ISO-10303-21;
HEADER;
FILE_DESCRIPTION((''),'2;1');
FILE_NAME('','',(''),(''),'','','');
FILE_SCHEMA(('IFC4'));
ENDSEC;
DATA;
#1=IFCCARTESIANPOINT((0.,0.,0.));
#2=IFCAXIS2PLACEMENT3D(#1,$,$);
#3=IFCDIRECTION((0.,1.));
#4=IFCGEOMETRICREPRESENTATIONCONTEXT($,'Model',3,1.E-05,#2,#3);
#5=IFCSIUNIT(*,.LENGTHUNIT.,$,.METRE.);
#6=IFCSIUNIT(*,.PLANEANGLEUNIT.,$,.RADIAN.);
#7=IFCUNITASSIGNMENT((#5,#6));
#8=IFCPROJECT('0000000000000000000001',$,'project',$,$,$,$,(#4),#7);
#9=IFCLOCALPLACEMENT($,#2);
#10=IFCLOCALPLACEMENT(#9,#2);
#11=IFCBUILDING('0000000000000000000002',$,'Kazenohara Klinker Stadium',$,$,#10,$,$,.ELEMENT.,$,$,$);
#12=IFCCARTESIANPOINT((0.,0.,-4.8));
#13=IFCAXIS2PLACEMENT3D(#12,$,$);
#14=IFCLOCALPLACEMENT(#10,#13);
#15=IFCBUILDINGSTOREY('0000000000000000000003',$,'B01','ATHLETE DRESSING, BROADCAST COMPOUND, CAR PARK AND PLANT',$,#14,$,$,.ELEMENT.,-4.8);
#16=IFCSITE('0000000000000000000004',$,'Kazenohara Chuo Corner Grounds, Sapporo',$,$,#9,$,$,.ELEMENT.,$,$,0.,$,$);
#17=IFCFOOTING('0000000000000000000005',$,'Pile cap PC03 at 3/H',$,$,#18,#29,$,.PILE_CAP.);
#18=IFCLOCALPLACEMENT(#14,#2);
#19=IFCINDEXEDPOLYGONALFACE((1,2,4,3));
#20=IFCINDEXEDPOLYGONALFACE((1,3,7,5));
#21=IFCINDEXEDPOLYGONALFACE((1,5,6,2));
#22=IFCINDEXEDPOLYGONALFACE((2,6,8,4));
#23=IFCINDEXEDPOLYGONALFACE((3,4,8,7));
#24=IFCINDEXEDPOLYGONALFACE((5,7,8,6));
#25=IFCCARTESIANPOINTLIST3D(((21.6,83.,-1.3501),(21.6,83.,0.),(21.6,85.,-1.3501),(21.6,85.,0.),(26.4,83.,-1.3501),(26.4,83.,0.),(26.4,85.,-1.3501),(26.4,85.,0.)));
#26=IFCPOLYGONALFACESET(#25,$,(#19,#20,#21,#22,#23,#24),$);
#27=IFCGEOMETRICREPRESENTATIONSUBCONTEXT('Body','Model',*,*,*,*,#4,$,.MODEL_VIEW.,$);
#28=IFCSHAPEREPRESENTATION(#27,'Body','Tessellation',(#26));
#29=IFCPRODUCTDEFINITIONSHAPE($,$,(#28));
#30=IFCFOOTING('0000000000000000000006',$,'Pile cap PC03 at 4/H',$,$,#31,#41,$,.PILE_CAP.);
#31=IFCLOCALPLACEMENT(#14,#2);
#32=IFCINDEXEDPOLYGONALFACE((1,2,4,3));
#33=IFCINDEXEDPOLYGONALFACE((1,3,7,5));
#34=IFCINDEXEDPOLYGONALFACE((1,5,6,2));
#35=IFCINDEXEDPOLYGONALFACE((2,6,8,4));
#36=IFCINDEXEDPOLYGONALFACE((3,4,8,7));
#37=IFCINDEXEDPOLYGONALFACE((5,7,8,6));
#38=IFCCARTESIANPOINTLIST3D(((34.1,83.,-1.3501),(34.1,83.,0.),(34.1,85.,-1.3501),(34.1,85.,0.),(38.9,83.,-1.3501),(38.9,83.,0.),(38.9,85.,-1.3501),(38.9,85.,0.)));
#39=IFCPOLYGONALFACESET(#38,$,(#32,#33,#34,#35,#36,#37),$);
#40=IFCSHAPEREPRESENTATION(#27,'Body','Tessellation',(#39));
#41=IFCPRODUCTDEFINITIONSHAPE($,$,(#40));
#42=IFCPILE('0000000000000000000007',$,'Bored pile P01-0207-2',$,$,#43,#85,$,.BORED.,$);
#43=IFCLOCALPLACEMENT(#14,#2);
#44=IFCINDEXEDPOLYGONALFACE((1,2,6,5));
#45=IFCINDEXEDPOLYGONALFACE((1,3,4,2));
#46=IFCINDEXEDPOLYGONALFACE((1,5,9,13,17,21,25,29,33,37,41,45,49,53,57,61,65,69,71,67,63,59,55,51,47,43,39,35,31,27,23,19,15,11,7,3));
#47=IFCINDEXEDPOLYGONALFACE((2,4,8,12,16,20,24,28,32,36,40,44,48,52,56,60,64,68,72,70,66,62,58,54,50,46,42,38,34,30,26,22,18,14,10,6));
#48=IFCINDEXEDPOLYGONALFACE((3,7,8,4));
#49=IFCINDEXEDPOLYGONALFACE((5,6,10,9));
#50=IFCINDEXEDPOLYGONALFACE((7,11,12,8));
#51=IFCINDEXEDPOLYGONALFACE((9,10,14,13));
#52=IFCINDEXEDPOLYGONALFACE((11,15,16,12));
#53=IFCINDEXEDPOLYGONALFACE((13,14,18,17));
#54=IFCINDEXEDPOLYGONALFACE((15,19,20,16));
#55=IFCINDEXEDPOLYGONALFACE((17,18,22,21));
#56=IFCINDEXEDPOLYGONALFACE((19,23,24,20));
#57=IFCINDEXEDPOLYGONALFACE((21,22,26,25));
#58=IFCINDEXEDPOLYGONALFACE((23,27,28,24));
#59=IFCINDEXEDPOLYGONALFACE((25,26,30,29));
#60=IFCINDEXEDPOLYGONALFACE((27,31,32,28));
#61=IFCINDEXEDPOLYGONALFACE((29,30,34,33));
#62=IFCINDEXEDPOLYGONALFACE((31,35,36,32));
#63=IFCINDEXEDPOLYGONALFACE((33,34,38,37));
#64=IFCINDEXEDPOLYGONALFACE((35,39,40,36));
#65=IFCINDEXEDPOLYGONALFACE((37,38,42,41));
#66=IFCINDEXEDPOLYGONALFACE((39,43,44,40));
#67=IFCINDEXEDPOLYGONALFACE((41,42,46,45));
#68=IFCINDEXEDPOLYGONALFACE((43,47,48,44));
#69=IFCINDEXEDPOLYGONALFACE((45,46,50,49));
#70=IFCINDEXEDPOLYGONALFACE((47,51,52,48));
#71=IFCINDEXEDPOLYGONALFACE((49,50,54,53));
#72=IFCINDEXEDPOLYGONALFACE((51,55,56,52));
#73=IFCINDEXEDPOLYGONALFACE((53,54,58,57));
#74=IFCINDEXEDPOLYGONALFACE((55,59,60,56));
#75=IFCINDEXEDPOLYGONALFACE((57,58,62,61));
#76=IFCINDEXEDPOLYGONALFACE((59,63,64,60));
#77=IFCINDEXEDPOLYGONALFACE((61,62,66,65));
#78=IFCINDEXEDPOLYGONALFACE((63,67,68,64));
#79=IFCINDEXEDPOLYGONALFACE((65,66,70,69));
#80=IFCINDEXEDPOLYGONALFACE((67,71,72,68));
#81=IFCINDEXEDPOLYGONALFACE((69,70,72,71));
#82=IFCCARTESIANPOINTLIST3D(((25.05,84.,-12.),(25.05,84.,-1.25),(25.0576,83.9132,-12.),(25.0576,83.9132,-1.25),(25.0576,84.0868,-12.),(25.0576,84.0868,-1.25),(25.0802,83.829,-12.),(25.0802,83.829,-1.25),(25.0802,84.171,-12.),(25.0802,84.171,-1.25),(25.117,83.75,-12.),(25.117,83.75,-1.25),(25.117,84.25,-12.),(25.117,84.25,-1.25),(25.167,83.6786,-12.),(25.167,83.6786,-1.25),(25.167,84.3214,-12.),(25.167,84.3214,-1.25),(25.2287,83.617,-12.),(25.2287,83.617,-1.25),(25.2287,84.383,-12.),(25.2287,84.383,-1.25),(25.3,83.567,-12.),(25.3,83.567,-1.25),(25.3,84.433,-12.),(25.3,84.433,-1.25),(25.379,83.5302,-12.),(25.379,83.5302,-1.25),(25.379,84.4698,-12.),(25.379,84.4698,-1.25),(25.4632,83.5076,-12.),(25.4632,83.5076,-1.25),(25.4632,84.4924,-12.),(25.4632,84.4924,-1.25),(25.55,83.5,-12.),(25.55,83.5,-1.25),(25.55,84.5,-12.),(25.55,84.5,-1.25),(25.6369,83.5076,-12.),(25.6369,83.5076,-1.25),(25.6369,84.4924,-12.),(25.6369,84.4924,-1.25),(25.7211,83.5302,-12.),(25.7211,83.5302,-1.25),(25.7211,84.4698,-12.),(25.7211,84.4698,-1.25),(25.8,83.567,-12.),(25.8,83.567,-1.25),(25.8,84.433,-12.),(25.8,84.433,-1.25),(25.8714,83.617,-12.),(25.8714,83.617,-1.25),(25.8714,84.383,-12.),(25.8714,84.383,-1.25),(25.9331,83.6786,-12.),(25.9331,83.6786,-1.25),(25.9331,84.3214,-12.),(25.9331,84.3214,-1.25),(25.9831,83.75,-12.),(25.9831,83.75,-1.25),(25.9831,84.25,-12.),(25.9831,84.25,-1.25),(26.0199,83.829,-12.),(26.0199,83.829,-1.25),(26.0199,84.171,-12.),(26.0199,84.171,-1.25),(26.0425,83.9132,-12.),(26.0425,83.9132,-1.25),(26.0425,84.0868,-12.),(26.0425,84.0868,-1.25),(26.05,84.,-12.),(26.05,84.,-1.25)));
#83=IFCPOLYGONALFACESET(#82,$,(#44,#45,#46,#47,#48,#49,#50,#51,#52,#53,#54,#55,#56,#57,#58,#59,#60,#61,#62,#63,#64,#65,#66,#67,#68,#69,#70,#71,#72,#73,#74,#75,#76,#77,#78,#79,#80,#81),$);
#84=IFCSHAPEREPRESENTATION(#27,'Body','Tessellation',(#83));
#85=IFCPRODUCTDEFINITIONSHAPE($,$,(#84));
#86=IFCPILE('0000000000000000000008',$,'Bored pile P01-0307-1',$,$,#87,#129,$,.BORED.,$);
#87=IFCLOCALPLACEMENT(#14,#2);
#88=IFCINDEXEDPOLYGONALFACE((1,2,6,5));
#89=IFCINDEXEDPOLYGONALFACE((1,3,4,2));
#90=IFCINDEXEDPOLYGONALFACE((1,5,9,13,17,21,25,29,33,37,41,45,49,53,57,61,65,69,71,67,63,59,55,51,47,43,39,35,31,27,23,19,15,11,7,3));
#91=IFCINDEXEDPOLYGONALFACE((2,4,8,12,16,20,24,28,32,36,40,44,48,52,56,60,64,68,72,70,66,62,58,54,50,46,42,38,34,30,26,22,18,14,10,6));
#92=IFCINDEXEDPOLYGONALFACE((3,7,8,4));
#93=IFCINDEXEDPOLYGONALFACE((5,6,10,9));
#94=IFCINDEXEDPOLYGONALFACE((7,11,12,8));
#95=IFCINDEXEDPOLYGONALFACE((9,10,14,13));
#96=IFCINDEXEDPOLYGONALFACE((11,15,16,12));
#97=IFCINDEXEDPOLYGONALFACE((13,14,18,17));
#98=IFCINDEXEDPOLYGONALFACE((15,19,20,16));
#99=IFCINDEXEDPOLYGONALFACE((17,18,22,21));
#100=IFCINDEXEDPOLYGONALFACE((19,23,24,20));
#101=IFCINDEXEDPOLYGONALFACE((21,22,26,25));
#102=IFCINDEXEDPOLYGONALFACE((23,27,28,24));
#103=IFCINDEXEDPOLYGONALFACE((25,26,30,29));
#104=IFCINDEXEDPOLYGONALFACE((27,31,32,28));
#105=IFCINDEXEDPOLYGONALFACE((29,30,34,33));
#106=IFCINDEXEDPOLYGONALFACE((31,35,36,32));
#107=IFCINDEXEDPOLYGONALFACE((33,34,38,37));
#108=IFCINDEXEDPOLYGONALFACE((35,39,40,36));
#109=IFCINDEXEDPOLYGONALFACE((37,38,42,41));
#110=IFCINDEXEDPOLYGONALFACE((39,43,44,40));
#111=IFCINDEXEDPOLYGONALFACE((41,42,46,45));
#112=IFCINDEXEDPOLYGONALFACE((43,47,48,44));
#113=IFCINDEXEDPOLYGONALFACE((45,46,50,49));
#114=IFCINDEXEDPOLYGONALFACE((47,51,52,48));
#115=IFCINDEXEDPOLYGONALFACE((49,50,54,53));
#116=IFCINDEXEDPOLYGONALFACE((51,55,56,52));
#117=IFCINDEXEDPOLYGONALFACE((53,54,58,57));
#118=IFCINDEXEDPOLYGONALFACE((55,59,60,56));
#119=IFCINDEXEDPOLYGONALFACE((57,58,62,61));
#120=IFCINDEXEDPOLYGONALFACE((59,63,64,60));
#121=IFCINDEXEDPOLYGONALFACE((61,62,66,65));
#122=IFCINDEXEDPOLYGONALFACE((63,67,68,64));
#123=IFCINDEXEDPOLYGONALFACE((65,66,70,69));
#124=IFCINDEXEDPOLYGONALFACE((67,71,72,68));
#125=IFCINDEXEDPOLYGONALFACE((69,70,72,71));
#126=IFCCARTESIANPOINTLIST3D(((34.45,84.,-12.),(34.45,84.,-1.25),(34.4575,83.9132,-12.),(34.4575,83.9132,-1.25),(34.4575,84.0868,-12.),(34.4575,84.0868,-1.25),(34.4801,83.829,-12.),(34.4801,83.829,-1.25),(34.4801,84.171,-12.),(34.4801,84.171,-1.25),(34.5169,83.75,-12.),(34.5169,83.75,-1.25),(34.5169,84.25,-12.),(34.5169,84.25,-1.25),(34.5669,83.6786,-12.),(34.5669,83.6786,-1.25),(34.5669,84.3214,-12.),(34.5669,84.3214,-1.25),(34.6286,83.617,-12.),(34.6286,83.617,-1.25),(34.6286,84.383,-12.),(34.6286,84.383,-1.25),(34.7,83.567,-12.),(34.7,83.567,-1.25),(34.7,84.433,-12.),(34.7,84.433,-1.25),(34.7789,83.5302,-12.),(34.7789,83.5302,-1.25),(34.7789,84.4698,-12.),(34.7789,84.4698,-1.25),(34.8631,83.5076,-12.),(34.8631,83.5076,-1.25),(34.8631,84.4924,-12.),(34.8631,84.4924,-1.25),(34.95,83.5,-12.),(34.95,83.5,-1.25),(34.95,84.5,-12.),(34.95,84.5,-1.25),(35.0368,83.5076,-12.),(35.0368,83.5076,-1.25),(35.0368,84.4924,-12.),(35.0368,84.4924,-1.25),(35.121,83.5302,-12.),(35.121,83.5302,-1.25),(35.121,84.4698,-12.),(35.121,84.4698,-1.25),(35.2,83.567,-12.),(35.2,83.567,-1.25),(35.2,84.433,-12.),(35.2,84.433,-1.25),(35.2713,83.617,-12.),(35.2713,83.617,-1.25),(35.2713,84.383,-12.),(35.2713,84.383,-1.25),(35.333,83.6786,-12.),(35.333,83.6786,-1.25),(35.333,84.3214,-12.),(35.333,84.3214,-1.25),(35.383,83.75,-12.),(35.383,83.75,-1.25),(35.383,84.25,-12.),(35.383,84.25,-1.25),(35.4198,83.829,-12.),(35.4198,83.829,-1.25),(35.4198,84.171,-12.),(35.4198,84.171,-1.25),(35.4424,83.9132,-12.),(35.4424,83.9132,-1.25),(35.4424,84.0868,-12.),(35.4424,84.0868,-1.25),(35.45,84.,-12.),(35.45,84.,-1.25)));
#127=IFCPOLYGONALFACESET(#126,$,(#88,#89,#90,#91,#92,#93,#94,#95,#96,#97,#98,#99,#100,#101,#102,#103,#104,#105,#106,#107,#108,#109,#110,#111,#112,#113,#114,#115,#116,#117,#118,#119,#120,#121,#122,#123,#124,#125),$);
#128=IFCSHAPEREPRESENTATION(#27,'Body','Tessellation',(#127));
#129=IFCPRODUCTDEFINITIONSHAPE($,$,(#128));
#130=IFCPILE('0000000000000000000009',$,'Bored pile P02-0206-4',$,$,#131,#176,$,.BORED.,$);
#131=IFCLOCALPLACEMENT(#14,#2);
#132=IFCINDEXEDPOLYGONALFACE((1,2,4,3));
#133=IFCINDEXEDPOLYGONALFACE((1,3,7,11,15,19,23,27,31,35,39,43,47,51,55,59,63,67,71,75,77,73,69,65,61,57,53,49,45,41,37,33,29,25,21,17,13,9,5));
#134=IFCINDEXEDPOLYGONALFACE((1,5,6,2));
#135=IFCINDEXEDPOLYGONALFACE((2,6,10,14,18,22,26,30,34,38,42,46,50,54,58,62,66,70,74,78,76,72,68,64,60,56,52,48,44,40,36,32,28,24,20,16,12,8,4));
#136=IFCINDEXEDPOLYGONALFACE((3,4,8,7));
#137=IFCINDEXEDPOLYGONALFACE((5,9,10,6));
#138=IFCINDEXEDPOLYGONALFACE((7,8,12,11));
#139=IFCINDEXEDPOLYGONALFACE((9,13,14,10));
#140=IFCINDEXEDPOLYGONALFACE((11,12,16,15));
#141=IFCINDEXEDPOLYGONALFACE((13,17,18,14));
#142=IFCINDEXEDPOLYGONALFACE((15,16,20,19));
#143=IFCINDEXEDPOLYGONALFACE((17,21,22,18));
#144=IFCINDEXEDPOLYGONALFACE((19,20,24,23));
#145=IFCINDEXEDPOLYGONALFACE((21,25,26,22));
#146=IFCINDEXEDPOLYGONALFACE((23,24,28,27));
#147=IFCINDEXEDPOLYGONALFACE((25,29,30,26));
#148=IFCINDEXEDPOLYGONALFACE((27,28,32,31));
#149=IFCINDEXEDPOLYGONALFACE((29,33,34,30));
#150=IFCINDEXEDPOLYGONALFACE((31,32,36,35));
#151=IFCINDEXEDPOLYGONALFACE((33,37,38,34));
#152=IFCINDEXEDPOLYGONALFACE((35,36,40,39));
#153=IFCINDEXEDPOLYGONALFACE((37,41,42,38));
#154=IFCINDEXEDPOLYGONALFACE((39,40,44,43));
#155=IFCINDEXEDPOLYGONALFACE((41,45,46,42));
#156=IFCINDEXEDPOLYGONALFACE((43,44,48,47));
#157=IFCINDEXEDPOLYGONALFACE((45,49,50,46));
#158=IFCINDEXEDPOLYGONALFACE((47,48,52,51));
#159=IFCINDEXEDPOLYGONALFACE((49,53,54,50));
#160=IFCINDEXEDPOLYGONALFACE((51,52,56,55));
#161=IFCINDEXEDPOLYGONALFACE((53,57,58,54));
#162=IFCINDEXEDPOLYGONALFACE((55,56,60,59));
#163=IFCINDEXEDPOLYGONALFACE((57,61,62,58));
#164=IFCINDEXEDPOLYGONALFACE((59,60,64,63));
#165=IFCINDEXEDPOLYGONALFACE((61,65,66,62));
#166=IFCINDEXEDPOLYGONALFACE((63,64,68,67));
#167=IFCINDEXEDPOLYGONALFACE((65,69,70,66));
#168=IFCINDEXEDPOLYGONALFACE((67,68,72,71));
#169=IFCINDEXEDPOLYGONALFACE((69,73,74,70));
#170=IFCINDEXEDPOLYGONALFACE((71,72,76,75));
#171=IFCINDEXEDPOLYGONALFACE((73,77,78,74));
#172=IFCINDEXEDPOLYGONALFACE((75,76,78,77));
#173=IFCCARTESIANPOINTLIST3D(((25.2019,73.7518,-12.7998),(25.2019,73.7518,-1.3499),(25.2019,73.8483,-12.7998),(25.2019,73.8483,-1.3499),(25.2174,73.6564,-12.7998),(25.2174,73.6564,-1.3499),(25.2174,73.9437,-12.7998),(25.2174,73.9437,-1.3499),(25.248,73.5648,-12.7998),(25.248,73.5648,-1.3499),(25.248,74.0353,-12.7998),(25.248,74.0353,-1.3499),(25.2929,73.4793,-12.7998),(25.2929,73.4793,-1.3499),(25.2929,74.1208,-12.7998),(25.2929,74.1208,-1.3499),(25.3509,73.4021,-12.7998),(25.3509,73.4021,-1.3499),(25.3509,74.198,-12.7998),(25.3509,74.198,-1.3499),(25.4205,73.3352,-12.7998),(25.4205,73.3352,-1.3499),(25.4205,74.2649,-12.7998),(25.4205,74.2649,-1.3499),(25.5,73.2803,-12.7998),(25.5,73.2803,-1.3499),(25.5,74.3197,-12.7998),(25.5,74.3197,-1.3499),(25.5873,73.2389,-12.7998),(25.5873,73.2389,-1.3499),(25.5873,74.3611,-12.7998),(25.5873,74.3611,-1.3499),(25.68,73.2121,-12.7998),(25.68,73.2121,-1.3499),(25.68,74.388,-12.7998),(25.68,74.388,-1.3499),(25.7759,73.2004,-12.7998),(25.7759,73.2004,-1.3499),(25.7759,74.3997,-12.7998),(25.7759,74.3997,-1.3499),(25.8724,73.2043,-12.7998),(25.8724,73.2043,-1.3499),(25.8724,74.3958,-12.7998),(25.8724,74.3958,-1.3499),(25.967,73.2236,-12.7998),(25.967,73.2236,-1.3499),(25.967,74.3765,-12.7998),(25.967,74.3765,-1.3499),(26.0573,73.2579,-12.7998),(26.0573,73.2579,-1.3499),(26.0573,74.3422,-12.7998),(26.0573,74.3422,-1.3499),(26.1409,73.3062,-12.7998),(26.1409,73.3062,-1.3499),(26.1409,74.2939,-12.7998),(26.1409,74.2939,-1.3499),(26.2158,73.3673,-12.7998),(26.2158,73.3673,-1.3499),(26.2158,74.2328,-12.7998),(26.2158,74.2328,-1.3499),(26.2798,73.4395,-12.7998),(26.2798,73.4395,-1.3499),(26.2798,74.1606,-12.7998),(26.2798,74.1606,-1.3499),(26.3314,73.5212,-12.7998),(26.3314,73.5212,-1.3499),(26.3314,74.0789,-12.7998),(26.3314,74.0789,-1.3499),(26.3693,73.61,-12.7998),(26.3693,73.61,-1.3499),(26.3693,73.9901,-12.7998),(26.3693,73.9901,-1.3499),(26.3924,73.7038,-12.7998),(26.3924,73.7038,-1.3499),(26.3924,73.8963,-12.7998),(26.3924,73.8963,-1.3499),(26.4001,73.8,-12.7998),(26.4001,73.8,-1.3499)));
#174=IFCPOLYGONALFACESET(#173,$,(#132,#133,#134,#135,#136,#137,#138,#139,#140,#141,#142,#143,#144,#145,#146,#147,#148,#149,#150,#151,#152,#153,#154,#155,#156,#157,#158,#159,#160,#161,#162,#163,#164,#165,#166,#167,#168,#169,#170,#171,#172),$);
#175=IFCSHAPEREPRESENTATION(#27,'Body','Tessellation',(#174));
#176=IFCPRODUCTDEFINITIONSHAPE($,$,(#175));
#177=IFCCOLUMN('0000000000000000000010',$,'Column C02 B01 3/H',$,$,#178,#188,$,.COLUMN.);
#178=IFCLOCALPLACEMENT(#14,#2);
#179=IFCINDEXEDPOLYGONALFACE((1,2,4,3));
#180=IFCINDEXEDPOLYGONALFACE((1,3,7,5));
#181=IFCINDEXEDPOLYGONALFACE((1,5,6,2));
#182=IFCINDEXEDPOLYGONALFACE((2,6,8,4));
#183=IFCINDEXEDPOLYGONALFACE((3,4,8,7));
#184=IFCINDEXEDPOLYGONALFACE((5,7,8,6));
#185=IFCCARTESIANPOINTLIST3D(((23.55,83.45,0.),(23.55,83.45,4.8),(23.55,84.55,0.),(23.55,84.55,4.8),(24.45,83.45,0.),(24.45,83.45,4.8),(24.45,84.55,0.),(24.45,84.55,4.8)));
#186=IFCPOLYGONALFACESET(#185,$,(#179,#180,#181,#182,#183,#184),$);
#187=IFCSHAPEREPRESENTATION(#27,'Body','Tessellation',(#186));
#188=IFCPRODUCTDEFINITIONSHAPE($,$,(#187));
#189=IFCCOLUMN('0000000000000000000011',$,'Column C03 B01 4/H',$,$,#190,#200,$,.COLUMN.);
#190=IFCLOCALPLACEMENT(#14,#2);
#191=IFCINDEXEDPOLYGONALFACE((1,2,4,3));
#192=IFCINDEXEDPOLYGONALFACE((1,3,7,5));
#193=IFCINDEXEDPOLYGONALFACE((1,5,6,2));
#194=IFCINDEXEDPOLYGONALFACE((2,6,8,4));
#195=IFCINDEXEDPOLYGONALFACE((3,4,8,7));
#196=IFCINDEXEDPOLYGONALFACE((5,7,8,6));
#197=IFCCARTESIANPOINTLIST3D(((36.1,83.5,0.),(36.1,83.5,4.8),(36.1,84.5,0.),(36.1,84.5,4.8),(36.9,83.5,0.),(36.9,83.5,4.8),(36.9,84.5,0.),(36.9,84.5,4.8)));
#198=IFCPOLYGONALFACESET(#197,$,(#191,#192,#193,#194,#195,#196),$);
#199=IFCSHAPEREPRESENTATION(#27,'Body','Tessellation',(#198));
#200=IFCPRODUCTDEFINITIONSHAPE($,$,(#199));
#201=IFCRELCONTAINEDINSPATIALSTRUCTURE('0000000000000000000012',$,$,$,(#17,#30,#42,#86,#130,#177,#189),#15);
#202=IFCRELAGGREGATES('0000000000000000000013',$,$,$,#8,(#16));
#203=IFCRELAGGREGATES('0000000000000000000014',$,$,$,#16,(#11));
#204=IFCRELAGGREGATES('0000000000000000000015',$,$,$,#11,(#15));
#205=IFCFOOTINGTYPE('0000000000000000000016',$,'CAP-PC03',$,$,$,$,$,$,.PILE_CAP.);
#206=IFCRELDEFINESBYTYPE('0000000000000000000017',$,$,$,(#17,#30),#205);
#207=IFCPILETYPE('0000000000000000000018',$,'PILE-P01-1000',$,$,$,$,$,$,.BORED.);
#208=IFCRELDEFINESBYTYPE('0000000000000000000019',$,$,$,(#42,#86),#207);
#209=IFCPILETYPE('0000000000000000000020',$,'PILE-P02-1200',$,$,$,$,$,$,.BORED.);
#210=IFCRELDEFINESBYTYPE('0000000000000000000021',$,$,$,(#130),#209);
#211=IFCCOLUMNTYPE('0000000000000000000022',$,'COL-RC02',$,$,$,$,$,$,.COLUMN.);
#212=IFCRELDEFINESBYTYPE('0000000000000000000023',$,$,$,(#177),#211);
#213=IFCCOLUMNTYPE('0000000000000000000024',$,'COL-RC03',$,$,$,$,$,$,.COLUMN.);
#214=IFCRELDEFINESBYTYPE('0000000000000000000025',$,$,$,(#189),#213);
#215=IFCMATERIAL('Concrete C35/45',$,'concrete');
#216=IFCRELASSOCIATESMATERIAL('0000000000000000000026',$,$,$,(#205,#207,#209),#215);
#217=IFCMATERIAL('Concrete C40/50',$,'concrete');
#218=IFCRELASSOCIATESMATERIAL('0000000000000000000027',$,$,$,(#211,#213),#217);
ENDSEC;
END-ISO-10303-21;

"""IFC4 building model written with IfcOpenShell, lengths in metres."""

from ifc_helpers import new_model, si_unit, direction, frame, origin, origin_2d, place, context, subcontext, project, spatial, rectangle, circle, extrude, material, material_profile, profile_set, type_object, element, save


model = new_model("IFC4")

# Units and contexts
model_context = context("Model", 3, precision=1e-05, world=origin(), true_north=direction((0.0, 1.0)))
body_context = subcontext(model_context, "Body", "Model", "MODEL_VIEW")
ifc_project = project(units=[si_unit("LENGTHUNIT", "METRE"), si_unit("PLANEANGLEUNIT", "RADIAN")], contexts=[model_context])

# Site, building, storey
site_placement = place(None, origin())
site = spatial("IfcSite", under=ifc_project, at=site_placement, Name="Kazenohara Chuo Corner Grounds, Sapporo", CompositionType="ELEMENT", RefElevation=0.0)
building_placement = place(site_placement, origin())
building = spatial("IfcBuilding", under=site, at=building_placement, Name="Kazenohara Klinker Stadium", CompositionType="ELEMENT")
storey_placement = place(building_placement, frame((0.0, 0.0, -4.8)))
storey = spatial("IfcBuildingStorey", under=building, at=storey_placement, Name="B01", Description="ATHLETE DRESSING, BROADCAST COMPOUND, CAR PARK AND PLANT", CompositionType="ELEMENT", Elevation=-4.8)

# Footings
ifc_material_1 = material(Name="Concrete C35/45", Category="concrete")
footing_type = type_object("IfcFootingType", Name="CAP-PC03", PredefinedType="PILE_CAP", material=ifc_material_1)
for number, where, z_axis, x_axis, name in (
    (1, (24.0, 84.0, -1.3501), (0.0, 0.0, 1.0), (1.0, 0.0, 0.0), "Pile cap PC03 at 3/H"),
    (2, (36.5, 84.0, -1.3501), (0.0, 0.0, 1.0), (1.0, 0.0, 0.0), "Pile cap PC03 at 4/H"),
):
    element("IfcFooting", number, at=place(storey_placement, frame(where, z_axis=z_axis, x_axis=x_axis)), inside=storey, type_object=footing_type, Name=name, PredefinedType="PILE_CAP", context=body_context, shape_type="SweptSolid", body=[
        extrude(rectangle(XDim=4.8, YDim=2.0, at=origin_2d()), origin(), (0.0, 0.0, 1.0), 1.3501),
    ])

# Piles
ifc_material_profile_1 = material_profile(ifc_material_1, circle(Radius=0.5, at=origin_2d()), Name="BORED-PILE-1000")
ifc_profile_set_1 = profile_set([ifc_material_profile_1], Name="Concrete C35/45")
pile_type_1 = type_object("IfcPileType", Name="PILE-P01-1000", PredefinedType="BORED", material=ifc_profile_set_1)
for number, where, z_axis, x_axis, name in (
    (3, (25.55, 84.0, -1.25), (0.0, 0.0, -1.0), (1.0, 0.0, 0.0), "Bored pile P01-0207-2"),
    (4, (34.95, 84.0, -1.25), (0.0, 0.0, -1.0), (1.0, 0.0, 0.0), "Bored pile P01-0307-1"),
):
    element("IfcPile", number, at=place(storey_placement, frame(where, z_axis=z_axis, x_axis=x_axis)), inside=storey, type_object=pile_type_1, Name=name, PredefinedType="BORED", context=body_context, shape_type="SweptSolid", body=[
        extrude(circle(Radius=0.5, at=origin_2d()), origin(), (0.0, 0.0, 1.0), 10.75),
    ])
ifc_material_profile_2 = material_profile(ifc_material_1, circle(Radius=0.6001, at=origin_2d()), Name="BORED-PILE-1200")
ifc_profile_set_2 = profile_set([ifc_material_profile_2], Name="Concrete C35/45")
pile_type_2 = type_object("IfcPileType", Name="PILE-P02-1200", PredefinedType="BORED", material=ifc_profile_set_2)
pile_placement = place(storey_placement, frame((25.8, 73.8, -1.3499), z_axis=(0.0, 0.0, -1.0), x_axis=(1.0, 0.0, 0.0)))
element("IfcPile", 5, at=pile_placement, inside=storey, type_object=pile_type_2, Name="Bored pile P02-0206-4", PredefinedType="BORED", context=body_context, shape_type="SweptSolid", body=[
    extrude(circle(Radius=0.6001, at=origin_2d()), origin(), (0.0, 0.0, 1.0), 11.45),
])

# Columns
ifc_material_2 = material(Name="Concrete C40/50", Category="concrete")
ifc_material_profile_3 = material_profile(ifc_material_2, rectangle(XDim=0.8999, YDim=1.1001, at=origin_2d()), Name="RC-COL-1100x900")
ifc_profile_set_3 = profile_set([ifc_material_profile_3], Name="Concrete C40/50")
column_type_1 = type_object("IfcColumnType", Name="COL-RC02", PredefinedType="COLUMN", material=ifc_profile_set_3)
column_1_placement = place(storey_placement, frame((24.0, 84.0, 0.0), z_axis=(0.0, 0.0, 1.0), x_axis=(1.0, 0.0, 0.0)))
element("IfcColumn", 6, at=column_1_placement, inside=storey, type_object=column_type_1, Name="Column C02 B01 3/H", PredefinedType="COLUMN", context=body_context, shape_type="SweptSolid", body=[
    extrude(rectangle(XDim=0.8999, YDim=1.1001, at=origin_2d()), origin(), (0.0, 0.0, 1.0), 4.8),
])
ifc_material_profile_4 = material_profile(ifc_material_2, rectangle(XDim=0.8, YDim=1.0, at=origin_2d()), Name="RC-COL-1000x800")
ifc_profile_set_4 = profile_set([ifc_material_profile_4], Name="Concrete C40/50")
column_type_2 = type_object("IfcColumnType", Name="COL-RC03", PredefinedType="COLUMN", material=ifc_profile_set_4)
column_2_placement = place(storey_placement, frame((36.5, 84.0, 0.0), z_axis=(0.0, 0.0, 1.0), x_axis=(1.0, 0.0, 0.0)))
element("IfcColumn", 7, at=column_2_placement, inside=storey, type_object=column_type_2, Name="Column C03 B01 4/H", PredefinedType="COLUMN", context=body_context, shape_type="SweptSolid", body=[
    extrude(rectangle(XDim=0.8, YDim=1.0, at=origin_2d()), origin(), (0.0, 0.0, 1.0), 4.8),
])

save(model, "model.ifc")
